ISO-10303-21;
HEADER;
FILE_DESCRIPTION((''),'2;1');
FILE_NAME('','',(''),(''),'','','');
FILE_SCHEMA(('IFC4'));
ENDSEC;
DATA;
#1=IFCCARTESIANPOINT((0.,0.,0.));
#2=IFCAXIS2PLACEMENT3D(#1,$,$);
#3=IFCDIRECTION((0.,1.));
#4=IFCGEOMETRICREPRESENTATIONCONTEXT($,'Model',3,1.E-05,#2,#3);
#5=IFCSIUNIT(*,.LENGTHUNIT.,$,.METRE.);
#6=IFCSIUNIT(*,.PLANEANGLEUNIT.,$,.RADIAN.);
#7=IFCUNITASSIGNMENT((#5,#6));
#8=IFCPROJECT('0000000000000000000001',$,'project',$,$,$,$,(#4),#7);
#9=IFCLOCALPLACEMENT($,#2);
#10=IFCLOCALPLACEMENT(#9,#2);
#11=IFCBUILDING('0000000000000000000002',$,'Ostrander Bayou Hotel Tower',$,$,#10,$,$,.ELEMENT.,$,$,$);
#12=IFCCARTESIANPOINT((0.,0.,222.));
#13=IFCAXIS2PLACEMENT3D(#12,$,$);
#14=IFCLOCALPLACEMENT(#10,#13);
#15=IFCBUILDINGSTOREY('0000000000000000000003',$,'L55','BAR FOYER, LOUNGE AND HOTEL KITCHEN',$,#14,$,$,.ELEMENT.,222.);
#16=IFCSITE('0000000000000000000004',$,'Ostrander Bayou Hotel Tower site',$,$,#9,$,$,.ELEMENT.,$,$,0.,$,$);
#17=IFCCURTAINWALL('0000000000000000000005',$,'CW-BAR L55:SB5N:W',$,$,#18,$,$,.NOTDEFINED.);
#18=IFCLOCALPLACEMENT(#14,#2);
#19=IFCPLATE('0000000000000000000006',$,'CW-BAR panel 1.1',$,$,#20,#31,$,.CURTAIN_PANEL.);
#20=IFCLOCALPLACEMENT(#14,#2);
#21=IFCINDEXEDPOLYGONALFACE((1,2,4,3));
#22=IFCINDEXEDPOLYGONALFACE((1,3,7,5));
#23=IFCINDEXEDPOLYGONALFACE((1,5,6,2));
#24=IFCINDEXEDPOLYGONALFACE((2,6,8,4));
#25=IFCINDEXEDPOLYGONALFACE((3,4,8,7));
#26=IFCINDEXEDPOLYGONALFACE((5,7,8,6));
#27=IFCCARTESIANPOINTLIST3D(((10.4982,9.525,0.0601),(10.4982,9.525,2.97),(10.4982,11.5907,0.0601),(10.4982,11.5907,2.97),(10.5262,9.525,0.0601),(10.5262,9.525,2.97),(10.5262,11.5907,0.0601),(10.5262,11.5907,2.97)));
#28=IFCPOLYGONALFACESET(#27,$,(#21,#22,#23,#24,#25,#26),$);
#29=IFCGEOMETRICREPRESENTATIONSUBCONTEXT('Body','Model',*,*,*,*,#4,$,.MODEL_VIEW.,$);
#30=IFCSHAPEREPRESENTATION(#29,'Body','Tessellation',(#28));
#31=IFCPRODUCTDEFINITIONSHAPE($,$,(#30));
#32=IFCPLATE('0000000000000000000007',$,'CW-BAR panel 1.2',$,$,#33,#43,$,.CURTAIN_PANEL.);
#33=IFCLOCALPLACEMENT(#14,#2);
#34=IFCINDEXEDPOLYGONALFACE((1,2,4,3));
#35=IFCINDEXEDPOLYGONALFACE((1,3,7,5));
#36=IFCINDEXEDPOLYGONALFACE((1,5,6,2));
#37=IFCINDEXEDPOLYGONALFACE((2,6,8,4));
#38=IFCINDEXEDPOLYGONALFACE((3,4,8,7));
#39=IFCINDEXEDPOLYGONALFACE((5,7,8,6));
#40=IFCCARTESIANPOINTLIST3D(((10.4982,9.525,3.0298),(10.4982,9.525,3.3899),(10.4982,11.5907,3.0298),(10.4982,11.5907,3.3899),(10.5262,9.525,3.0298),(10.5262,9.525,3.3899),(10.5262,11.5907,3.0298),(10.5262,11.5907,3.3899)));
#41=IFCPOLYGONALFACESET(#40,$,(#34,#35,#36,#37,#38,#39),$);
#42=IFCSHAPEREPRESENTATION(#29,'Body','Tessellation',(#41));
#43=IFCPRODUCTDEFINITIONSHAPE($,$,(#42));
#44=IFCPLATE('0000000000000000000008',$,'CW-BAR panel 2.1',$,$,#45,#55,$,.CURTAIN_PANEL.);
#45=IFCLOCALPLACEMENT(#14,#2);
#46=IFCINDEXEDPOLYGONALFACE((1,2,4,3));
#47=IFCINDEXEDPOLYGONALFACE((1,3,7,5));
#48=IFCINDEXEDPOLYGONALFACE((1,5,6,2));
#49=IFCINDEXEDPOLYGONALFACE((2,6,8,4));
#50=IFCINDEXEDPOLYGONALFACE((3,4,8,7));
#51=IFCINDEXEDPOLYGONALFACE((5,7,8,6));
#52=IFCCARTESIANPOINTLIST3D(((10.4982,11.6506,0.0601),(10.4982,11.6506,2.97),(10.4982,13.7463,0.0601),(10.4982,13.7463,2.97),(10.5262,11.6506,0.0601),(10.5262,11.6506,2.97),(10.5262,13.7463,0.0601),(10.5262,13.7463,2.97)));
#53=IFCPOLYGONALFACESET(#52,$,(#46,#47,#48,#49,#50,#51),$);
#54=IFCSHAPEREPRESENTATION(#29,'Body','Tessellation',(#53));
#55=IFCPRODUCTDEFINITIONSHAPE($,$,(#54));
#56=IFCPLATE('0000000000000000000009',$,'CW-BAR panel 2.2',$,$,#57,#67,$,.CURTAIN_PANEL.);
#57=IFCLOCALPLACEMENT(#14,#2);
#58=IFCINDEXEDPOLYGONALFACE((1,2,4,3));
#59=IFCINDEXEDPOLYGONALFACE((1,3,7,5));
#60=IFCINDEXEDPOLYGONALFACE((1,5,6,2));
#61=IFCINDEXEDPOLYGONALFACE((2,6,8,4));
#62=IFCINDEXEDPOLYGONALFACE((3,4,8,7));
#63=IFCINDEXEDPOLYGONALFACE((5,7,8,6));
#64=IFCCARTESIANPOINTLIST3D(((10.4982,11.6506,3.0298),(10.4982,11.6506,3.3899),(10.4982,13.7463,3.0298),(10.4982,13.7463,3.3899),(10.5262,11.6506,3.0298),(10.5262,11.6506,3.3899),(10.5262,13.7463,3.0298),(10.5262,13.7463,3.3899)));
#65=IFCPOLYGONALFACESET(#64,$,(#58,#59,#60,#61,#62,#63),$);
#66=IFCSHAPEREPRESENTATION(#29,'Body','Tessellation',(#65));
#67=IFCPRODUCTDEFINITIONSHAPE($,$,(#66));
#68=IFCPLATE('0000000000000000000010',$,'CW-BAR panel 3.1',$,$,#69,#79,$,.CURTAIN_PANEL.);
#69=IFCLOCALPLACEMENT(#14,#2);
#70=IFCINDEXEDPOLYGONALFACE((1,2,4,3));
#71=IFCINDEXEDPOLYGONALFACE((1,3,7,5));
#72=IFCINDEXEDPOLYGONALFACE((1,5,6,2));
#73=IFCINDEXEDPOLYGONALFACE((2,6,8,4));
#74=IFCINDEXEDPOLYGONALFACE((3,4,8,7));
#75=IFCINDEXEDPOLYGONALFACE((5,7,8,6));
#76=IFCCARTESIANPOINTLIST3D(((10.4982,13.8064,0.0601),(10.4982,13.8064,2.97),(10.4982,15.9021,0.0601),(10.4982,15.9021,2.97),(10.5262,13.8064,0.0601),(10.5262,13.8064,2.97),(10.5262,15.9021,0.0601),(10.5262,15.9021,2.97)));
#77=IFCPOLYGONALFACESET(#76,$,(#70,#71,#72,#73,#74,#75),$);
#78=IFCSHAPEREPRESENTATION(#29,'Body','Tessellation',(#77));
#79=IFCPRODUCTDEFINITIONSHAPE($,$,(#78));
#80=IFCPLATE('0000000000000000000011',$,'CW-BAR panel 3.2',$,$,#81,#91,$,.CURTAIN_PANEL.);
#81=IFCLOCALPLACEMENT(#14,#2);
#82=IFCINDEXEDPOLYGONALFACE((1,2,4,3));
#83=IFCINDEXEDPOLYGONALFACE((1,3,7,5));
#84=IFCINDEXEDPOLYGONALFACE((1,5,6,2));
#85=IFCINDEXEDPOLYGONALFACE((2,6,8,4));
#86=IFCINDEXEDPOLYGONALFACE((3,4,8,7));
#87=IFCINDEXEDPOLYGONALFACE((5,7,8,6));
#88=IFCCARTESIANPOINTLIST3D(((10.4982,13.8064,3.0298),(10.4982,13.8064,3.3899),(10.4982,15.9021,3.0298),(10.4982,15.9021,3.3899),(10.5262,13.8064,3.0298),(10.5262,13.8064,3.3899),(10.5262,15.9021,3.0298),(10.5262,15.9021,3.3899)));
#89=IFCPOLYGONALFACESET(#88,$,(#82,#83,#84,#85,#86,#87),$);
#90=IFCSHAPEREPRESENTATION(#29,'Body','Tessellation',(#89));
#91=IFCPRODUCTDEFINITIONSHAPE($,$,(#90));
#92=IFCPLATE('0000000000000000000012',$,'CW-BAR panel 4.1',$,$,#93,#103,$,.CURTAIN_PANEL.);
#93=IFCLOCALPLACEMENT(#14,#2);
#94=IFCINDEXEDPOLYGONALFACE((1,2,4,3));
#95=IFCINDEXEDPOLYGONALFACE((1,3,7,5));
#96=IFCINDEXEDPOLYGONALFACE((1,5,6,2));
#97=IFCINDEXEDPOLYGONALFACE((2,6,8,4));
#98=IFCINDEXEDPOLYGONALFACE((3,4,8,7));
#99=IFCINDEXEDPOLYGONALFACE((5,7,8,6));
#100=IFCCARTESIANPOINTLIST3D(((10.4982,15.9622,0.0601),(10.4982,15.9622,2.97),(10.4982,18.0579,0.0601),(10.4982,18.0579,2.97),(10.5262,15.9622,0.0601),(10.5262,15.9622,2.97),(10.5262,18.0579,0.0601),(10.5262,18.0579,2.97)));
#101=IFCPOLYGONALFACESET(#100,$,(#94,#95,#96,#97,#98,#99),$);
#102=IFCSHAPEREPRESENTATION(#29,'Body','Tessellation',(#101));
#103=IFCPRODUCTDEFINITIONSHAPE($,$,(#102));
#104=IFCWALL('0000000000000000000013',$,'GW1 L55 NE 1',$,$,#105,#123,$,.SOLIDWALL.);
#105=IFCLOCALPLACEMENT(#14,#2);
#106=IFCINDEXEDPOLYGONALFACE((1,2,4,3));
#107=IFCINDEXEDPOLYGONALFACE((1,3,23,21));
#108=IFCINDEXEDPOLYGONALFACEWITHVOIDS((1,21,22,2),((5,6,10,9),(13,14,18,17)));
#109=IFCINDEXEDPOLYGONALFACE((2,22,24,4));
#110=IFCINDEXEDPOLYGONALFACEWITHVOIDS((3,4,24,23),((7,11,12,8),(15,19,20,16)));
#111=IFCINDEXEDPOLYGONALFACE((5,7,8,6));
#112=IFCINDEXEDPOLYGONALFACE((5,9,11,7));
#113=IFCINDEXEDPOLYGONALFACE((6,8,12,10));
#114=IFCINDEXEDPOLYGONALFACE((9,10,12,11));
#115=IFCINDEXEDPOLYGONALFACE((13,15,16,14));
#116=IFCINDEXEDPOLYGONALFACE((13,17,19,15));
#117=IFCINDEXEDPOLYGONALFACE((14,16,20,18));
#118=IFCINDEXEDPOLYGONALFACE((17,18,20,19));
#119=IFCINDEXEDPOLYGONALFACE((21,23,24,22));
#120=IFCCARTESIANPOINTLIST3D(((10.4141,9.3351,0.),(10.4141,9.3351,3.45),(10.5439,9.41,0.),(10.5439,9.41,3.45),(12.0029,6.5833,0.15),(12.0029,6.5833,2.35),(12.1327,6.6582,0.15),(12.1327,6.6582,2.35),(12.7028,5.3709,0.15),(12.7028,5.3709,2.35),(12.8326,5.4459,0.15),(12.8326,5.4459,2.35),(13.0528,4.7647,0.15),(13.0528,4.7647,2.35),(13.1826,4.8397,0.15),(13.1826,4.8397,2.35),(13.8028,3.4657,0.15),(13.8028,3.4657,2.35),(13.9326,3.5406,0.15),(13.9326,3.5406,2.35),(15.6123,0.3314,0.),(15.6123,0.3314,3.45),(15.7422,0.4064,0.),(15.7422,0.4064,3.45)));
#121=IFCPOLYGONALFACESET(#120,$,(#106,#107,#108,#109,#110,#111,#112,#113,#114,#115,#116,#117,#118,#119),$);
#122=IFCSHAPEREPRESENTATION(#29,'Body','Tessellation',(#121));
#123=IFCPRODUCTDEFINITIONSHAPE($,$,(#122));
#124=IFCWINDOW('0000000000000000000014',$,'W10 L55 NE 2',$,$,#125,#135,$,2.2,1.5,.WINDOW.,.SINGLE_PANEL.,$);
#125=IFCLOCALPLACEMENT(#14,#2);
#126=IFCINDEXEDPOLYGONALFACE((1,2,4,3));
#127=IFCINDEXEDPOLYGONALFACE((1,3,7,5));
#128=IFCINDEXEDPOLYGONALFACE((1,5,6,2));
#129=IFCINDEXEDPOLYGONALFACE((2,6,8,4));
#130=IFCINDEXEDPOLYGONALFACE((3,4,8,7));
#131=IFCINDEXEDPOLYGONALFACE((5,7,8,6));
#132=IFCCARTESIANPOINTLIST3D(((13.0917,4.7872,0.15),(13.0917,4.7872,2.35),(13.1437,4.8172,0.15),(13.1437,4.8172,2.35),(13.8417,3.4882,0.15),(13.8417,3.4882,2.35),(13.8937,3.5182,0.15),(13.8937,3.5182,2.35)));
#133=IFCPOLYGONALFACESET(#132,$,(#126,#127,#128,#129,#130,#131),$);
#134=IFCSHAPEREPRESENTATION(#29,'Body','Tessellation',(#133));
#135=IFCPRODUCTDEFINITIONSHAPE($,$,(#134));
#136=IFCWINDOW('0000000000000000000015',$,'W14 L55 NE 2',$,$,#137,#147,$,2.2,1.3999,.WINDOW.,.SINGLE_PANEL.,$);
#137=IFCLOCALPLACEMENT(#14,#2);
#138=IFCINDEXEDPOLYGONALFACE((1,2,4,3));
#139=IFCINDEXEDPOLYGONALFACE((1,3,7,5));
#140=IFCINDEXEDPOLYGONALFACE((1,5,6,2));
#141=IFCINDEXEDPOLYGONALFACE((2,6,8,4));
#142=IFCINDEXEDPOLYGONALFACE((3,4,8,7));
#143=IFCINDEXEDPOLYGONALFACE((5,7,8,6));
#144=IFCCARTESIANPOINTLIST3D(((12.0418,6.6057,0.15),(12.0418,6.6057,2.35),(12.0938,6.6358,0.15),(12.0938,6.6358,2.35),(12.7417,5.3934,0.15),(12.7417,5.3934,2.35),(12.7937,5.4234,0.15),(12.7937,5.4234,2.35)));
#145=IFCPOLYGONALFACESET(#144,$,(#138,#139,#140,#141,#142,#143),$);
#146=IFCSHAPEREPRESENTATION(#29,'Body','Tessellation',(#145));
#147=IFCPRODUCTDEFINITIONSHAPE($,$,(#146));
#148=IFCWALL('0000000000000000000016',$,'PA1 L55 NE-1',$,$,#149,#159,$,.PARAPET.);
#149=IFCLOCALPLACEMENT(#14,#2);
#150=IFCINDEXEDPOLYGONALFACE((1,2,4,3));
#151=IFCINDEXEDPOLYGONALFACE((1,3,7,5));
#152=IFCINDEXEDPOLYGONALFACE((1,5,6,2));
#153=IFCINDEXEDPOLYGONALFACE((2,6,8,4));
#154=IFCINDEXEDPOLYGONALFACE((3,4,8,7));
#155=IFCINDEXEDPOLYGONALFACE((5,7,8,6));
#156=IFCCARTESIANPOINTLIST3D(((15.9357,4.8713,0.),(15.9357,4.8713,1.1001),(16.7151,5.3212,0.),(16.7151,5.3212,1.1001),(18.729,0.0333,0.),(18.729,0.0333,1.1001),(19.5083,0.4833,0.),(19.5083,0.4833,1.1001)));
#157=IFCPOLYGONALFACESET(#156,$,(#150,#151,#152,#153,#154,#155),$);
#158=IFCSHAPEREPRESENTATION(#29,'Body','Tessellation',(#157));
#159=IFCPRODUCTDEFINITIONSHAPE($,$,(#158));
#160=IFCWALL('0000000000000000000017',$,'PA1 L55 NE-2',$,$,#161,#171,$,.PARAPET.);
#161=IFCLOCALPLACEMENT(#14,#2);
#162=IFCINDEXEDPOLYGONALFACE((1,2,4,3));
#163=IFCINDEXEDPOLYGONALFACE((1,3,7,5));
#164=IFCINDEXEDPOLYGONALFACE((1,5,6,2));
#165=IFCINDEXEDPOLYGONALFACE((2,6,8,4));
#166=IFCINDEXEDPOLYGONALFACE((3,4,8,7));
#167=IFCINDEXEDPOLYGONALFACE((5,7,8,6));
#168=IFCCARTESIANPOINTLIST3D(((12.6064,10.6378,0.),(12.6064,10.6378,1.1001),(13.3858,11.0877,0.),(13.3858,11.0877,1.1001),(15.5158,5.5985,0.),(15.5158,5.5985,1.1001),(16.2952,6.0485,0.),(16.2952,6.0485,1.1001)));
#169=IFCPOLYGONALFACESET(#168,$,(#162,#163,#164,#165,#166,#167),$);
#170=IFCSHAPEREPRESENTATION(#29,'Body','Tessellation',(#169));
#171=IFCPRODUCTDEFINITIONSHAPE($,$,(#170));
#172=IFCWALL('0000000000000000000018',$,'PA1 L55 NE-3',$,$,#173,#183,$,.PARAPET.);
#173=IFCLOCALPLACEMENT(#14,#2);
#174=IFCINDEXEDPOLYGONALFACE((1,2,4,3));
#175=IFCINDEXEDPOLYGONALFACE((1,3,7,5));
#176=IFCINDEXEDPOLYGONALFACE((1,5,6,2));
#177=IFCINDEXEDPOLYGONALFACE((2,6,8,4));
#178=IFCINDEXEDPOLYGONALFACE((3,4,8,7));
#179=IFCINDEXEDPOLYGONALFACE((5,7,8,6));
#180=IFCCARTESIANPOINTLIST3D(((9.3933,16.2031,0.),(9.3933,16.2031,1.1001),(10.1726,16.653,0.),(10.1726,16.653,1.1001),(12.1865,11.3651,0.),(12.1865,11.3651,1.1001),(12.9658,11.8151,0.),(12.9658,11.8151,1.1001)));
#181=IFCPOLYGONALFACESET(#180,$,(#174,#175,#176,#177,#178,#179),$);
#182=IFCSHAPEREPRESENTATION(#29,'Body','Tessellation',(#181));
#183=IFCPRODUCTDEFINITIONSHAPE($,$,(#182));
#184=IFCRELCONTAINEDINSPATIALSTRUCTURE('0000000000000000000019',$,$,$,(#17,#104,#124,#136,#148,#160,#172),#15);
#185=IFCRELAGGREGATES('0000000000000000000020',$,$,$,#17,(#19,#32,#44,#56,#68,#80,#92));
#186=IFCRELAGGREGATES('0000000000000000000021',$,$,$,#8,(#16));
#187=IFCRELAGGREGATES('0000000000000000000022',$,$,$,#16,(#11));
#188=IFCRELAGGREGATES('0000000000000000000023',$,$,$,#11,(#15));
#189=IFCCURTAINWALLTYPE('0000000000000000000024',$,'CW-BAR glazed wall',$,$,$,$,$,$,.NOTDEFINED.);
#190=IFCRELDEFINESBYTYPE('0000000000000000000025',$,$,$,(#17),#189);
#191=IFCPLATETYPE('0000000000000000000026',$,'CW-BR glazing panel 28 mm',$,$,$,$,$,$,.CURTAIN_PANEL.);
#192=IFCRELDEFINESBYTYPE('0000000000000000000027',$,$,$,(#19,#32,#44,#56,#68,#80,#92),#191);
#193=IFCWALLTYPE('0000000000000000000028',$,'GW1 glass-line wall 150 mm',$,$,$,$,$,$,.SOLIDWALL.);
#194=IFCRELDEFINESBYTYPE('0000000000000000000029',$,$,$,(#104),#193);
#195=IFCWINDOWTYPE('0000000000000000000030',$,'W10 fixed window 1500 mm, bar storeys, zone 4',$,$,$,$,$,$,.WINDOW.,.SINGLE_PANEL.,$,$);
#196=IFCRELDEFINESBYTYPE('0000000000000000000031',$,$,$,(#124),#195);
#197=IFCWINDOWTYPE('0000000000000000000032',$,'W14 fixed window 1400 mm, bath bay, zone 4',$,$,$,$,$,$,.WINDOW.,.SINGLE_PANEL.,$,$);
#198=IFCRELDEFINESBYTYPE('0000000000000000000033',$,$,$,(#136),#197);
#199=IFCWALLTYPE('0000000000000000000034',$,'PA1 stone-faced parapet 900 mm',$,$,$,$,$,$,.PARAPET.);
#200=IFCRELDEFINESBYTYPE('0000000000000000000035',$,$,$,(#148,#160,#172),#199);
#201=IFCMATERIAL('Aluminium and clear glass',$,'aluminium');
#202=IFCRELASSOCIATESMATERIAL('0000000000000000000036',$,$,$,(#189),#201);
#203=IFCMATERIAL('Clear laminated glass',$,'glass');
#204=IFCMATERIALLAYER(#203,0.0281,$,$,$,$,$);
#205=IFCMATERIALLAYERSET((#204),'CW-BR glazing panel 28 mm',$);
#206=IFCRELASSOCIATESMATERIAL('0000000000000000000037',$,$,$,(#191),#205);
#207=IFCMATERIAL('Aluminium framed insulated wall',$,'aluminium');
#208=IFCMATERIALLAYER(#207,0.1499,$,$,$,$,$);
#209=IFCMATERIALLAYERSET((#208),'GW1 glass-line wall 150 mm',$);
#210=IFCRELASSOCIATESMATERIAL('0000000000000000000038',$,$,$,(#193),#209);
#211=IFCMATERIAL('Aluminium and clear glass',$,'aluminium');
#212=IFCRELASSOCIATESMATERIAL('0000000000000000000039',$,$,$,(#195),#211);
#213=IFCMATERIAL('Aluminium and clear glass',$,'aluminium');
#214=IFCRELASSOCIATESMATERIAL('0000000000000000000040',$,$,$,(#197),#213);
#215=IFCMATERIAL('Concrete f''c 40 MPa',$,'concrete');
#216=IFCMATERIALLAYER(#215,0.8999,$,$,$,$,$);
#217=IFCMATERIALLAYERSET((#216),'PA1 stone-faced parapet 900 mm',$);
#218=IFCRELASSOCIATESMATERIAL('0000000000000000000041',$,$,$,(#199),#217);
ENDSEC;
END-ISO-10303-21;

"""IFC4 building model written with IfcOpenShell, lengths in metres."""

from ifc_helpers import new_model, si_unit, direction, frame, frame_2d, origin, origin_2d, place, context, subcontext, project, spatial, rectangle, extrude, material, layer, layer_set, type_object, element, fill, aggregate, save


model = new_model("IFC4")

# Units and contexts
model_context = context("Model", 3, precision=1e-05, world=origin(), true_north=direction((0.0, 1.0)))
body_context = subcontext(model_context, "Body", "Model", "MODEL_VIEW")
ifc_project = project(units=[si_unit("LENGTHUNIT", "METRE"), si_unit("PLANEANGLEUNIT", "RADIAN")], contexts=[model_context])

# Site, building, storey
site_placement = place(None, origin())
site = spatial("IfcSite", under=ifc_project, at=site_placement, Name="Ostrander Bayou Hotel Tower site", CompositionType="ELEMENT", RefElevation=0.0)
building_placement = place(site_placement, origin())
building = spatial("IfcBuilding", under=site, at=building_placement, Name="Ostrander Bayou Hotel Tower", CompositionType="ELEMENT")
storey_placement = place(building_placement, frame((0.0, 0.0, 222.0)))
storey = spatial("IfcBuildingStorey", under=building, at=storey_placement, Name="L55", Description="BAR FOYER, LOUNGE AND HOTEL KITCHEN", CompositionType="ELEMENT", Elevation=222.0)

# Curtain wall
ifc_material_1 = material(Name="Aluminium and clear glass", Category="aluminium")
curtain_wall_type = type_object("IfcCurtainWallType", Name="CW-BAR glazed wall", PredefinedType="NOTDEFINED", material=ifc_material_1)
curtain_wall_placement = place(storey_placement, origin())
curtain_wall = element("IfcCurtainWall", 1, at=curtain_wall_placement, inside=storey, type_object=curtain_wall_type, Name="CW-BAR L55:SB5N:W", PredefinedType="NOTDEFINED")

# Plates
ifc_material_2 = material(Name="Clear laminated glass", Category="glass")
ifc_layer_1 = layer(ifc_material_2, 0.0281)
ifc_layer_set_1 = layer_set([ifc_layer_1], Name="CW-BR glazing panel 28 mm")
plate_type = type_object("IfcPlateType", Name="CW-BR glazing panel 28 mm", PredefinedType="CURTAIN_PANEL", material=ifc_layer_set_1)
plate_1_placement = place(storey_placement, frame((10.5122, 10.5579, 0.0601), z_axis=(0.0, 0.0, 1.0), x_axis=(0.0, 1.0, 0.0)))
plate_1 = element("IfcPlate", 2, at=plate_1_placement, type_object=plate_type, Name="CW-BAR panel 1.1", PredefinedType="CURTAIN_PANEL", context=body_context, shape_type="SweptSolid", body=[
    extrude(rectangle(XDim=2.0657, YDim=0.0281, at=origin_2d()), origin(), (0.0, 0.0, 1.0), 2.9099),
])
plate_2_placement = place(storey_placement, frame((10.5122, 10.5579, 3.0298), z_axis=(0.0, 0.0, 1.0), x_axis=(0.0, 1.0, 0.0)))
plate_2 = element("IfcPlate", 3, at=plate_2_placement, type_object=plate_type, Name="CW-BAR panel 1.2", PredefinedType="CURTAIN_PANEL", context=body_context, shape_type="SweptSolid", body=[
    extrude(rectangle(XDim=2.0657, YDim=0.0281, at=origin_2d()), origin(), (0.0, 0.0, 1.0), 0.3601),
])
plate_3_placement = place(storey_placement, frame((10.5122, 12.6985, 0.0601), z_axis=(0.0, 0.0, 1.0), x_axis=(0.0, 1.0, 0.0)))
plate_3 = element("IfcPlate", 4, at=plate_3_placement, type_object=plate_type, Name="CW-BAR panel 2.1", PredefinedType="CURTAIN_PANEL", context=body_context, shape_type="SweptSolid", body=[
    extrude(rectangle(XDim=2.0957, YDim=0.0281, at=origin_2d()), origin(), (0.0, 0.0, 1.0), 2.9099),
])
plate_4_placement = place(storey_placement, frame((10.5122, 12.6985, 3.0298), z_axis=(0.0, 0.0, 1.0), x_axis=(0.0, 1.0, 0.0)))
plate_4 = element("IfcPlate", 5, at=plate_4_placement, type_object=plate_type, Name="CW-BAR panel 2.2", PredefinedType="CURTAIN_PANEL", context=body_context, shape_type="SweptSolid", body=[
    extrude(rectangle(XDim=2.0957, YDim=0.0281, at=origin_2d()), origin(), (0.0, 0.0, 1.0), 0.3601),
])
plate_5_placement = place(storey_placement, frame((10.5122, 14.8542, 0.0601), z_axis=(0.0, 0.0, 1.0), x_axis=(0.0, 1.0, 0.0)))
plate_5 = element("IfcPlate", 6, at=plate_5_placement, type_object=plate_type, Name="CW-BAR panel 3.1", PredefinedType="CURTAIN_PANEL", context=body_context, shape_type="SweptSolid", body=[
    extrude(rectangle(XDim=2.0957, YDim=0.0281, at=origin_2d()), origin(), (0.0, 0.0, 1.0), 2.9099),
])
plate_6_placement = place(storey_placement, frame((10.5122, 14.8542, 3.0298), z_axis=(0.0, 0.0, 1.0), x_axis=(0.0, 1.0, 0.0)))
plate_6 = element("IfcPlate", 7, at=plate_6_placement, type_object=plate_type, Name="CW-BAR panel 3.2", PredefinedType="CURTAIN_PANEL", context=body_context, shape_type="SweptSolid", body=[
    extrude(rectangle(XDim=2.0957, YDim=0.0281, at=origin_2d()), origin(), (0.0, 0.0, 1.0), 0.3601),
])
plate_7_placement = place(storey_placement, frame((10.5122, 17.01, 0.0601), z_axis=(0.0, 0.0, 1.0), x_axis=(0.0, 1.0, 0.0)))
plate_7 = element("IfcPlate", 8, at=plate_7_placement, type_object=plate_type, Name="CW-BAR panel 4.1", PredefinedType="CURTAIN_PANEL", context=body_context, shape_type="SweptSolid", body=[
    extrude(rectangle(XDim=2.0957, YDim=0.0281, at=origin_2d()), origin(), (0.0, 0.0, 1.0), 2.9099),
])
aggregate(curtain_wall, [plate_1, plate_2, plate_3, plate_4, plate_5, plate_6, plate_7])

# Wall, openings, windows
ifc_material_3 = material(Name="Aluminium framed insulated wall", Category="aluminium")
ifc_layer_2 = layer(ifc_material_3, 0.1499)
ifc_layer_set_2 = layer_set([ifc_layer_2], Name="GW1 glass-line wall 150 mm")
wall_type_1 = type_object("IfcWallType", Name="GW1 glass-line wall 150 mm", PredefinedType="SOLIDWALL", material=ifc_layer_set_2)
wall_1_placement = place(storey_placement, frame((15.6772, 0.3689, 0.0), z_axis=(0.0, 0.0, 1.0), x_axis=(-0.499998, 0.866026, 0.0)))
wall_1 = element("IfcWall", 9, at=wall_1_placement, inside=storey, type_object=wall_type_1, Name="GW1 L55 NE 1", PredefinedType="SOLIDWALL", context=body_context, shape_type="SweptSolid", body=[
    extrude(rectangle(XDim=10.3965, YDim=0.1499, at=frame_2d((5.1982, 0.0))), origin(), (0.0, 0.0, 1.0), 3.45),
])
opening_1_placement = place(wall_1_placement, frame((3.6191, 0.0, 0.1499)))
opening_1 = element("IfcOpeningElement", 10, at=opening_1_placement, cuts=wall_1, PredefinedType="OPENING", context=body_context, shape_type="SweptSolid", body=[
    extrude(rectangle(XDim=1.5, YDim=2.2, at=frame_2d((0.75, 1.1001))), frame((0.0, 0.075, 0.0), z_axis=(0.0, -1.0, 0.0), x_axis=(1.0, 0.0, 0.0)), (0.0, 0.0, 1.0), 0.1499),
])
opening_2_placement = place(wall_1_placement, frame((5.8191, 0.0, 0.1499)))
opening_2 = element("IfcOpeningElement", 11, at=opening_2_placement, cuts=wall_1, PredefinedType="OPENING", context=body_context, shape_type="SweptSolid", body=[
    extrude(rectangle(XDim=1.3999, YDim=2.2, at=frame_2d((0.7, 1.1001))), frame((0.0, 0.075, 0.0), z_axis=(0.0, -1.0, 0.0), x_axis=(1.0, 0.0, 0.0)), (0.0, 0.0, 1.0), 0.1499),
])
ifc_material_4 = material(Name="Aluminium and clear glass", Category="aluminium")
window_type_1 = type_object("IfcWindowType", Name="W10 fixed window 1500 mm, bar storeys, zone 4", PartitioningType="SINGLE_PANEL", PredefinedType="WINDOW", material=ifc_material_4)
window_1_placement = place(opening_1_placement, origin())
window_1 = element("IfcWindow", 12, at=window_1_placement, inside=storey, type_object=window_type_1, Name="W10 L55 NE 2", OverallHeight=2.2, OverallWidth=1.5, PartitioningType="SINGLE_PANEL", PredefinedType="WINDOW", context=body_context, shape_type="SweptSolid", body=[
    extrude(rectangle(XDim=1.5, YDim=2.2, at=frame_2d((0.75, 1.1001))), frame((0.0, 0.03, 0.0), z_axis=(0.0, -1.0, 0.0), x_axis=(1.0, 0.0, 0.0)), (0.0, 0.0, 1.0), 0.0601),
])
fill(opening_1, window_1)
ifc_material_5 = material(Name="Aluminium and clear glass", Category="aluminium")
window_type_2 = type_object("IfcWindowType", Name="W14 fixed window 1400 mm, bath bay, zone 4", PartitioningType="SINGLE_PANEL", PredefinedType="WINDOW", material=ifc_material_5)
window_2_placement = place(opening_2_placement, origin())
window_2 = element("IfcWindow", 13, at=window_2_placement, inside=storey, type_object=window_type_2, Name="W14 L55 NE 2", OverallHeight=2.2, OverallWidth=1.3999, PartitioningType="SINGLE_PANEL", PredefinedType="WINDOW", context=body_context, shape_type="SweptSolid", body=[
    extrude(rectangle(XDim=1.3999, YDim=2.2, at=frame_2d((0.7, 1.1001))), frame((0.0, 0.03, 0.0), z_axis=(0.0, -1.0, 0.0), x_axis=(1.0, 0.0, 0.0)), (0.0, 0.0, 1.0), 0.0601),
])
fill(opening_2, window_2)

# Walls
ifc_material_6 = material(Name="Concrete f'c 40 MPa", Category="concrete")
ifc_layer_3 = layer(ifc_material_6, 0.8999)
ifc_layer_set_3 = layer_set([ifc_layer_3], Name="PA1 stone-faced parapet 900 mm")
wall_type_2 = type_object("IfcWallType", Name="PA1 stone-faced parapet 900 mm", PredefinedType="PARAPET", material=ifc_layer_set_3)
wall_2_placement = place(storey_placement, frame((19.1187, 0.2583, 0.0), z_axis=(0.0, 0.0, 1.0), x_axis=(-0.500007, 0.866021, 0.0)))
element("IfcWall", 14, at=wall_2_placement, inside=storey, type_object=wall_type_2, Name="PA1 L55 NE-1", PredefinedType="PARAPET", context=body_context, shape_type="SweptSolid", body=[
    extrude(rectangle(XDim=5.5864, YDim=0.8999, at=frame_2d((2.7932, 0.0))), origin(), (0.0, 0.0, 1.0), 1.1001),
])
wall_3_placement = place(storey_placement, frame((15.9055, 5.8235, 0.0), z_axis=(0.0, 0.0, 1.0), x_axis=(-0.499997, 0.866027, 0.0)))
element("IfcWall", 15, at=wall_3_placement, inside=storey, type_object=wall_type_2, Name="PA1 L55 NE-2", PredefinedType="PARAPET", context=body_context, shape_type="SweptSolid", body=[
    extrude(rectangle(XDim=5.8188, YDim=0.8999, at=frame_2d((2.9094, 0.0))), origin(), (0.0, 0.0, 1.0), 1.1001),
])
wall_4_placement = place(storey_placement, frame((12.5762, 11.5901, 0.0), z_axis=(0.0, 0.0, 1.0), x_axis=(-0.500007, 0.866021, 0.0)))
element("IfcWall", 16, at=wall_4_placement, inside=storey, type_object=wall_type_2, Name="PA1 L55 NE-3", PredefinedType="PARAPET", context=body_context, shape_type="SweptSolid", body=[
    extrude(rectangle(XDim=5.5864, YDim=0.8999, at=frame_2d((2.7932, 0.0))), origin(), (0.0, 0.0, 1.0), 1.1001),
])

save(model, "model.ifc")
